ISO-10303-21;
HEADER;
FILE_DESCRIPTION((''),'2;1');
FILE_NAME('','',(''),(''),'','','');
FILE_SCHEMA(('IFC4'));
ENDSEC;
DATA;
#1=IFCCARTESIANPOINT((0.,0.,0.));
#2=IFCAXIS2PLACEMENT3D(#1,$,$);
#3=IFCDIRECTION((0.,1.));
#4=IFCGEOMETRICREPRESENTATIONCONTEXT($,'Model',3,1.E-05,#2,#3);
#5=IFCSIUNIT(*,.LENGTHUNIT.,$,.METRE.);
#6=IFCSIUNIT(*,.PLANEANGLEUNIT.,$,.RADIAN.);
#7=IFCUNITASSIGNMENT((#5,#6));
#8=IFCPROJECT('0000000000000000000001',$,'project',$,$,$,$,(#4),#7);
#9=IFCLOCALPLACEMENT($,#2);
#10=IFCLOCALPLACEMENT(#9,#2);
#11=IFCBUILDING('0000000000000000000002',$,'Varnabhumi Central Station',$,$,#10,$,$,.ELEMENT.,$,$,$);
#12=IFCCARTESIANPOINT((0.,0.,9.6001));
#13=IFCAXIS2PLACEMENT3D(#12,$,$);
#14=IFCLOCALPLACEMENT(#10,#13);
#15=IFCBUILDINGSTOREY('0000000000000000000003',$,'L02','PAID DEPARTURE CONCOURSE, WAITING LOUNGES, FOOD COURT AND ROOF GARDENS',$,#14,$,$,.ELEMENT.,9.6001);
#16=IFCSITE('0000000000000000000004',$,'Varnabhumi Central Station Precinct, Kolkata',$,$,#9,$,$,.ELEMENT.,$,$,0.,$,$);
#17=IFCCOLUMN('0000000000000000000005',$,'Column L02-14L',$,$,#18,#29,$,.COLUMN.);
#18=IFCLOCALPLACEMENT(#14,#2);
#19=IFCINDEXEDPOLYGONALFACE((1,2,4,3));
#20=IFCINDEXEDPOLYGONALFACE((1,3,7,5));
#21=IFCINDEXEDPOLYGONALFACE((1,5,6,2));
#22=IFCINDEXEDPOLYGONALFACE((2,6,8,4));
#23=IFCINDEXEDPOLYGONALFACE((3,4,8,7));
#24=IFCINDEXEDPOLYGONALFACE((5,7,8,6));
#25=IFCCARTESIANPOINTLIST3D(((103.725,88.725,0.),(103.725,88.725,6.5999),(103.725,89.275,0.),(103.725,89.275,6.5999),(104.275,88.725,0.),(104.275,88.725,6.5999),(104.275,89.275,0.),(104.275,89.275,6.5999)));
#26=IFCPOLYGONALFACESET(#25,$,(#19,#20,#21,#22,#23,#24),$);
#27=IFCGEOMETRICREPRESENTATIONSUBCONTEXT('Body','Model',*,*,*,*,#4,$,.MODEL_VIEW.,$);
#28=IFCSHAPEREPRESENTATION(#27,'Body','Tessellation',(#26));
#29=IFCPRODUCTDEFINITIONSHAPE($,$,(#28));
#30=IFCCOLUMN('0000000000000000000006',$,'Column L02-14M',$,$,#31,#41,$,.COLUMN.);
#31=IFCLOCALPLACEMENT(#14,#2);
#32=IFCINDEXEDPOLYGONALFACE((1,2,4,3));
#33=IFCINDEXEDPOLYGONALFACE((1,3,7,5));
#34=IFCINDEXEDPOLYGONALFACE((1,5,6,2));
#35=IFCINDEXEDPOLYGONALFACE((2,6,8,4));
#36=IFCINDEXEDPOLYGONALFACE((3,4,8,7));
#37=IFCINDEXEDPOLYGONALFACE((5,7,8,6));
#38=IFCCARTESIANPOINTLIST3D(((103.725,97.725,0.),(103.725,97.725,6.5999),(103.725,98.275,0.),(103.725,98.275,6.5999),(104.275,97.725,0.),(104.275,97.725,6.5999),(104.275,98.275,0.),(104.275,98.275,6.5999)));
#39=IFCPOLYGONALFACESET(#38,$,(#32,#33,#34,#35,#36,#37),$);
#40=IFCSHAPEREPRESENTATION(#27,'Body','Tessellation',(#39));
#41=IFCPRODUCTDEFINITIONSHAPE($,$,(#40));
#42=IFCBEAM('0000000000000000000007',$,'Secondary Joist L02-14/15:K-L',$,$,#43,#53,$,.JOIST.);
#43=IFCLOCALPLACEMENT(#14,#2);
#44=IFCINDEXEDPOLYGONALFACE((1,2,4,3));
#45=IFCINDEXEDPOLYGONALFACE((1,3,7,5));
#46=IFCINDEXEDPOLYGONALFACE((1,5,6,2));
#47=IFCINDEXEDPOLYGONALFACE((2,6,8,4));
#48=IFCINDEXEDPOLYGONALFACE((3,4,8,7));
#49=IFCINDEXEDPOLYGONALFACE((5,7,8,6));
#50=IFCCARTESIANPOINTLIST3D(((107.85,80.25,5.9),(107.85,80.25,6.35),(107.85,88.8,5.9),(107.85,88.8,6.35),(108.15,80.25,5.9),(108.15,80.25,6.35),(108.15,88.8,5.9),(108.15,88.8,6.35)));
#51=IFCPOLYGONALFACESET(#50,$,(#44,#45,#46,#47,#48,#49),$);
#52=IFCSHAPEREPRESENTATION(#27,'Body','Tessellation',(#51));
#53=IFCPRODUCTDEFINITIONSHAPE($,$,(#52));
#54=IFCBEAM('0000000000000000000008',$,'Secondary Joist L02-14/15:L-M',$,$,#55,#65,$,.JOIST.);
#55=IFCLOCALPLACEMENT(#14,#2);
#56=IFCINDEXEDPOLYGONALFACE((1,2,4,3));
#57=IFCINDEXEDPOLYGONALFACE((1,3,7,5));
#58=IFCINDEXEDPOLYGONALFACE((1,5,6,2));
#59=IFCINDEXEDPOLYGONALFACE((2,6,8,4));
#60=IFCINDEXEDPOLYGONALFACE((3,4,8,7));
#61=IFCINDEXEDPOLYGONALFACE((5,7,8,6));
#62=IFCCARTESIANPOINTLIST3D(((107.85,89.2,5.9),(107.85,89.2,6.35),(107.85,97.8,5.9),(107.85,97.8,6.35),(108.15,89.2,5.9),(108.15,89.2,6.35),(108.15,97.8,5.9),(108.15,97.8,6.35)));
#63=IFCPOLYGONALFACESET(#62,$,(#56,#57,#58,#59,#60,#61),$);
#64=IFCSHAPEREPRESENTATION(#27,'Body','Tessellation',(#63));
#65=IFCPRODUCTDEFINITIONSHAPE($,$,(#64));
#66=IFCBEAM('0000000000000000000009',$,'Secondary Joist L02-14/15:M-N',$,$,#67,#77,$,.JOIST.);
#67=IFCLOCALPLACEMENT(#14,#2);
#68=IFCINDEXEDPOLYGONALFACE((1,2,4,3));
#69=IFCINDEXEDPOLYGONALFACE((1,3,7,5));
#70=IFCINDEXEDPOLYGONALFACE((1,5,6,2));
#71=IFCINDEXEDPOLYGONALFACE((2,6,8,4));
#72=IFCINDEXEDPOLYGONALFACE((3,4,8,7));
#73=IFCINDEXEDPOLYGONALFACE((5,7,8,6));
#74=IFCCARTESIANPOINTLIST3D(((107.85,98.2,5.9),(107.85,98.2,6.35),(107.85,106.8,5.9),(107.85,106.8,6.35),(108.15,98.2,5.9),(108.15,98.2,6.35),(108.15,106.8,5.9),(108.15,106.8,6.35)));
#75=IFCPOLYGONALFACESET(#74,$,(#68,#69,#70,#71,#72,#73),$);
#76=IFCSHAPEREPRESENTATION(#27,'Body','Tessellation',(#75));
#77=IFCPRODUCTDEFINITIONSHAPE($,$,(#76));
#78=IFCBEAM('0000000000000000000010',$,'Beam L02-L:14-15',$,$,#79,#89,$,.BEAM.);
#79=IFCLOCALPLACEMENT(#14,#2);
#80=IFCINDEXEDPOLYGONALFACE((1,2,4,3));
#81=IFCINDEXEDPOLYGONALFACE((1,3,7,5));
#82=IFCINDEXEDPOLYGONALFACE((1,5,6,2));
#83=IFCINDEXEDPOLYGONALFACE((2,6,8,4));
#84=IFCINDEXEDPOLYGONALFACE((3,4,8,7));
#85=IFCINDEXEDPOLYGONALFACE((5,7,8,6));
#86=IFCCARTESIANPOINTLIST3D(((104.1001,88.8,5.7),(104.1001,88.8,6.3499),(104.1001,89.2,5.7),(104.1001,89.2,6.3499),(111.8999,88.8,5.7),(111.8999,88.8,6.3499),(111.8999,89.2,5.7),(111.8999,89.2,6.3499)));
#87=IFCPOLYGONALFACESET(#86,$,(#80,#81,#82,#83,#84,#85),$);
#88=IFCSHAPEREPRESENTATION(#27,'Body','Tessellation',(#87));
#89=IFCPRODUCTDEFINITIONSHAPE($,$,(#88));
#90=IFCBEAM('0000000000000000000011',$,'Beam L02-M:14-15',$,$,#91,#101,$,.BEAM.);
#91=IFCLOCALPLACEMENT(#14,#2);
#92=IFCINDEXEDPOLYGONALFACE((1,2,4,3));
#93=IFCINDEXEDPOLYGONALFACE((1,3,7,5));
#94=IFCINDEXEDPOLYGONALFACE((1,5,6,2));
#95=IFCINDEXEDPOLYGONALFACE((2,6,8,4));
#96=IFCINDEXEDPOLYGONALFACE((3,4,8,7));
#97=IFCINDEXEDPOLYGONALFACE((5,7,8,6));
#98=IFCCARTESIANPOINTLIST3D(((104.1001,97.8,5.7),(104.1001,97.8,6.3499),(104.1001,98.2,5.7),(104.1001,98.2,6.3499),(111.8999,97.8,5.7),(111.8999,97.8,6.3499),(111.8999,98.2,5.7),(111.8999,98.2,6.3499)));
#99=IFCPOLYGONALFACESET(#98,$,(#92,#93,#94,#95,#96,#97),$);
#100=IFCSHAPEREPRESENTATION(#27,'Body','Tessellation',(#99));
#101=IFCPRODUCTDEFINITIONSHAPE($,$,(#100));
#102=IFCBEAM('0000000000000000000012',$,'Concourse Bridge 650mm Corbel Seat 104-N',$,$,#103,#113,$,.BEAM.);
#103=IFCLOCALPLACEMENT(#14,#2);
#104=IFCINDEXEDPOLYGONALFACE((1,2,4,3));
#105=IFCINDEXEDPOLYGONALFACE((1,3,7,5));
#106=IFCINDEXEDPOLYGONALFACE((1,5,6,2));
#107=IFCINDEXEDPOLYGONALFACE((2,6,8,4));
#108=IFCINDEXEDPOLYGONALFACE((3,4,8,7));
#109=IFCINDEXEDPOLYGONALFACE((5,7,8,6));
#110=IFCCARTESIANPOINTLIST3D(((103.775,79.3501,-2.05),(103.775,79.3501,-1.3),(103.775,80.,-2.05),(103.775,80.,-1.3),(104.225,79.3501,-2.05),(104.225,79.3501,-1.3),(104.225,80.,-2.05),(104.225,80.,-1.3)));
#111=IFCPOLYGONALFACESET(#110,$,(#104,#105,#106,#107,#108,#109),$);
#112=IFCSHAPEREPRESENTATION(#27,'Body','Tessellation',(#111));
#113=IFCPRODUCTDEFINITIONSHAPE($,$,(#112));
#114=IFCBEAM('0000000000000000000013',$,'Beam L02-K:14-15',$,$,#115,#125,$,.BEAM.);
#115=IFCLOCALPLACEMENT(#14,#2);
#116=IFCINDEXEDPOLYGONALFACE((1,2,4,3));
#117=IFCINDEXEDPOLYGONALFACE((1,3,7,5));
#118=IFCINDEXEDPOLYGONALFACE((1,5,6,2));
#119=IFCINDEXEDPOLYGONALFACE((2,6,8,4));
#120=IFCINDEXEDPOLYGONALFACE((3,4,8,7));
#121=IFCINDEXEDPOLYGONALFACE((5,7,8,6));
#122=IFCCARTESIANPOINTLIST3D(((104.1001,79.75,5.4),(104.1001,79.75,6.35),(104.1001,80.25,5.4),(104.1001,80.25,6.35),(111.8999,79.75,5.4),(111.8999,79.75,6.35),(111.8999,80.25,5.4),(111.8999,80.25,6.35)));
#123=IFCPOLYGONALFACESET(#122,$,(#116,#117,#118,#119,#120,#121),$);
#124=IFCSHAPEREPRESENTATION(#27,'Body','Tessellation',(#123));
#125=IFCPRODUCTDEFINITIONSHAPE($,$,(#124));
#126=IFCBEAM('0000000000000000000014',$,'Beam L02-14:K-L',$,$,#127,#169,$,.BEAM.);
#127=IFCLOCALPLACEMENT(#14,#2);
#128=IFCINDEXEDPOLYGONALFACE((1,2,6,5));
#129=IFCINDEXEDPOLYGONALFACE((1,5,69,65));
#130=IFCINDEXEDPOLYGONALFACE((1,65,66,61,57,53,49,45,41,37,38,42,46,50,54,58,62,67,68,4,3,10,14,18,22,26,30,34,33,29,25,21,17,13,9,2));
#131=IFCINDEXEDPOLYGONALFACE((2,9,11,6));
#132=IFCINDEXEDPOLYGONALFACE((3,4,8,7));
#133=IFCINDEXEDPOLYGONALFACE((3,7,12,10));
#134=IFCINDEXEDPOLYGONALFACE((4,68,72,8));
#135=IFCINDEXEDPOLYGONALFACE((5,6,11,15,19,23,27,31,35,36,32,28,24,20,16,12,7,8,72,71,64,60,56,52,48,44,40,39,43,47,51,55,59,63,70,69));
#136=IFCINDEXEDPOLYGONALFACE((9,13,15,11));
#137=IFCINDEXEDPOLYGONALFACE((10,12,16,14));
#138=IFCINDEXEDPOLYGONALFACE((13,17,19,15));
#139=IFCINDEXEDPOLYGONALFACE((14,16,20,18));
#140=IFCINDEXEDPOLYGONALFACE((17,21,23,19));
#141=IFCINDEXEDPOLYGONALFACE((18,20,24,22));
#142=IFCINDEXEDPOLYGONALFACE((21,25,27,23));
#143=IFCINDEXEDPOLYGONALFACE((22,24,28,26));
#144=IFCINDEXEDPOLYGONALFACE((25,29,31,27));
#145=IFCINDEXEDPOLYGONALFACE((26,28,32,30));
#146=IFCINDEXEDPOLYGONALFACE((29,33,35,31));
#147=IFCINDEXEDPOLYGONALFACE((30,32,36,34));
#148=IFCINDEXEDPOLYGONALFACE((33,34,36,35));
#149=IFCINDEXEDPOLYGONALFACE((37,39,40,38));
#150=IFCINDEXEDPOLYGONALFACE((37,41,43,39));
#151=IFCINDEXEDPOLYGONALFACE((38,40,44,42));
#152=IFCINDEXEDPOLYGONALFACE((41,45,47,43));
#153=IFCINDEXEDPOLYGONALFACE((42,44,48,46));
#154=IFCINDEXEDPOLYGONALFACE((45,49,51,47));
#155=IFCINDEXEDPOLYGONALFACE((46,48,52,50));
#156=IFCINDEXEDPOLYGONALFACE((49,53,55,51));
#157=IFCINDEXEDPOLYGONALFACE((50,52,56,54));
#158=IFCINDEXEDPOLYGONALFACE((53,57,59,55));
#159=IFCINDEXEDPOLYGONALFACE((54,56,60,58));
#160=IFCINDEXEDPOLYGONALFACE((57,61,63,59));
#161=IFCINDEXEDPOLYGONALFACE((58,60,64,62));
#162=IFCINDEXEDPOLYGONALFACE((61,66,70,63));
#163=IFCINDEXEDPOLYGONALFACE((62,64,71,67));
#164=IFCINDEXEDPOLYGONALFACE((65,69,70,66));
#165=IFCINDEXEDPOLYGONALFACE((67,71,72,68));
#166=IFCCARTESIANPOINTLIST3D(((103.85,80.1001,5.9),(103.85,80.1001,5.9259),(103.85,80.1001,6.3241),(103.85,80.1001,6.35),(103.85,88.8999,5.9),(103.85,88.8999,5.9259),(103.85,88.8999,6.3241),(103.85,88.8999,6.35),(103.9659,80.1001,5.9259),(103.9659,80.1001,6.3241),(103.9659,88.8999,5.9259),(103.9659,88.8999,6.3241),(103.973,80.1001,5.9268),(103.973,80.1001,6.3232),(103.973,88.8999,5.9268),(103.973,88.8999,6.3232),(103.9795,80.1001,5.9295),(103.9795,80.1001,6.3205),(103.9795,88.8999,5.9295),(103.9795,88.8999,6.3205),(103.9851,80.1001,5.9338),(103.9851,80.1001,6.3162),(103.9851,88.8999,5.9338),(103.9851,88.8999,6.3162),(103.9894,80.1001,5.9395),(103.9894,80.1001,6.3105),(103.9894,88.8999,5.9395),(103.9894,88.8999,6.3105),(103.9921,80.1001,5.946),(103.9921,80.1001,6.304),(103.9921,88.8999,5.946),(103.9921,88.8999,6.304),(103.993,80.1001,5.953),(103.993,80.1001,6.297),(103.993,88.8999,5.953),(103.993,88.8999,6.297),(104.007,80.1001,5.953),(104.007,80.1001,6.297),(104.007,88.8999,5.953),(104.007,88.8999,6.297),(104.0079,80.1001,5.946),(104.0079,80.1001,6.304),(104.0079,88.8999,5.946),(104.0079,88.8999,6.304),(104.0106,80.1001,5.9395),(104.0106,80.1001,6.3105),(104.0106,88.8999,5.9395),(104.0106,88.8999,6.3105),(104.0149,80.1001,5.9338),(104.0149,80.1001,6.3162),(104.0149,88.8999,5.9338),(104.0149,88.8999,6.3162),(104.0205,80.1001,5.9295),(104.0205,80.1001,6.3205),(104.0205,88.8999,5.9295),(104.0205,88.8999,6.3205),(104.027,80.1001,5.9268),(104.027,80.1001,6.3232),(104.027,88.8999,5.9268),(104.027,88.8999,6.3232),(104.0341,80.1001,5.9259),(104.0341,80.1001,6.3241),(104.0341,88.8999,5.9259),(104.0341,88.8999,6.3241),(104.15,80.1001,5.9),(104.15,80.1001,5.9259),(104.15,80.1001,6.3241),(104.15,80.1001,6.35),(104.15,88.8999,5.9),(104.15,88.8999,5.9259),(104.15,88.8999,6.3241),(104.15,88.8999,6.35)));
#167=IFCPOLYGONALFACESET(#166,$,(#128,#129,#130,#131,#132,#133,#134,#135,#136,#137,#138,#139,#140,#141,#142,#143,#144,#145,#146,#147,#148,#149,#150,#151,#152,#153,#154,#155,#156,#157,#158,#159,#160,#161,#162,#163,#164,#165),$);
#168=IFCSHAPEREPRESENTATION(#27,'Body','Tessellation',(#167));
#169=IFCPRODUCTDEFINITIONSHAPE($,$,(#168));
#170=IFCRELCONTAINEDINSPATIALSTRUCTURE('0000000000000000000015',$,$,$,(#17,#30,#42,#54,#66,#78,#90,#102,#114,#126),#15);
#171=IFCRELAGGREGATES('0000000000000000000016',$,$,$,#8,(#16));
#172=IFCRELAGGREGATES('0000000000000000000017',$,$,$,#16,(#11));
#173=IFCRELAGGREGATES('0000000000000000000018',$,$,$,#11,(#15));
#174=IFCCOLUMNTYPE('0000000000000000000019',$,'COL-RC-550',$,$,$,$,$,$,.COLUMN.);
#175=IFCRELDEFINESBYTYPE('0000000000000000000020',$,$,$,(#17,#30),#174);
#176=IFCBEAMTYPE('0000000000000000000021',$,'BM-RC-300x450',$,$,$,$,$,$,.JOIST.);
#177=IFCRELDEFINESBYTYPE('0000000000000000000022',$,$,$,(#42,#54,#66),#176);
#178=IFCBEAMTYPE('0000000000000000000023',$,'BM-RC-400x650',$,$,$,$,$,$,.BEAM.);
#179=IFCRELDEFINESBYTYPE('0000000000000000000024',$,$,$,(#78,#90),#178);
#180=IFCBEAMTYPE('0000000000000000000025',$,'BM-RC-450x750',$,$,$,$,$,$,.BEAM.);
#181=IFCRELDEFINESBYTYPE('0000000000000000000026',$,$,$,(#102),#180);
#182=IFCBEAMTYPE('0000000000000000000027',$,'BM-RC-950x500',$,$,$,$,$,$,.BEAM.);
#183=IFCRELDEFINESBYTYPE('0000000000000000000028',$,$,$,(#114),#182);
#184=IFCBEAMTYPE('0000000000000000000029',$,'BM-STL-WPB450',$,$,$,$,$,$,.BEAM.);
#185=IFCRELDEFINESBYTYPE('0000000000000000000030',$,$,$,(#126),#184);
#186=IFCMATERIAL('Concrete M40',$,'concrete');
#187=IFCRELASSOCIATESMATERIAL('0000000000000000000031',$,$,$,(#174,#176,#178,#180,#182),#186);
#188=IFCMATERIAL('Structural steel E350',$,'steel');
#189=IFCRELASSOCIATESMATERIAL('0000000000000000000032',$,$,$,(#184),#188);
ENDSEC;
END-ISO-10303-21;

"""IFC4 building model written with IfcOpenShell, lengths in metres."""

from ifc_helpers import new_model, si_unit, direction, frame, origin, origin_2d, place, context, subcontext, project, spatial, rectangle, i_section, extrude, material, material_profile, profile_set, type_object, element, save


model = new_model("IFC4")

# Units and contexts
model_context = context("Model", 3, precision=1e-05, world=origin(), true_north=direction((0.0, 1.0)))
body_context = subcontext(model_context, "Body", "Model", "MODEL_VIEW")
ifc_project = project(units=[si_unit("LENGTHUNIT", "METRE"), si_unit("PLANEANGLEUNIT", "RADIAN")], contexts=[model_context])

# Site, building, storey
site_placement = place(None, origin())
site = spatial("IfcSite", under=ifc_project, at=site_placement, Name="Varnabhumi Central Station Precinct, Kolkata", CompositionType="ELEMENT", RefElevation=0.0)
building_placement = place(site_placement, origin())
building = spatial("IfcBuilding", under=site, at=building_placement, Name="Varnabhumi Central Station", CompositionType="ELEMENT")
storey_placement = place(building_placement, frame((0.0, 0.0, 9.6001)))
storey = spatial("IfcBuildingStorey", under=building, at=storey_placement, Name="L02", Description="PAID DEPARTURE CONCOURSE, WAITING LOUNGES, FOOD COURT AND ROOF GARDENS", CompositionType="ELEMENT", Elevation=9.6001)

# Columns
ifc_material_1 = material(Name="Concrete M40", Category="concrete")
ifc_material_profile_1 = material_profile(ifc_material_1, rectangle(XDim=0.55, YDim=0.55, at=origin_2d()), Name="Concrete M40", Category="concrete")
ifc_profile_set_1 = profile_set([ifc_material_profile_1], Name="Concrete M40")
column_type = type_object("IfcColumnType", Name="COL-RC-550", PredefinedType="COLUMN", material=ifc_profile_set_1)
for number, where, z_axis, x_axis, name in (
    (1, (104.0, 89.0, 0.0), (0.0, 0.0, 1.0), (1.0, 0.0, 0.0), "Column L02-14L"),
    (2, (104.0, 98.0, 0.0), (0.0, 0.0, 1.0), (1.0, 0.0, 0.0), "Column L02-14M"),
):
    element("IfcColumn", number, at=place(storey_placement, frame(where, z_axis=z_axis, x_axis=x_axis)), inside=storey, type_object=column_type, Name=name, PredefinedType="COLUMN", context=body_context, shape_type="SweptSolid", body=[
        extrude(rectangle(XDim=0.55, YDim=0.55, at=origin_2d()), origin(), (0.0, 0.0, 1.0), 6.5999),
    ])

# Beams
ifc_material_profile_2 = material_profile(ifc_material_1, rectangle(XDim=0.3, YDim=0.45, at=origin_2d()), Name="Concrete M40", Category="concrete")
ifc_profile_set_2 = profile_set([ifc_material_profile_2], Name="Concrete M40")
beam_type_1 = type_object("IfcBeamType", Name="BM-RC-300x450", PredefinedType="JOIST", material=ifc_profile_set_2)
beam_1_placement = place(storey_placement, frame((108.0, 80.25, 6.125), z_axis=(0.0, 1.0, 0.0), x_axis=(-1.0, 0.0, 0.0)))
element("IfcBeam", 3, at=beam_1_placement, inside=storey, type_object=beam_type_1, Name="Secondary Joist L02-14/15:K-L", PredefinedType="JOIST", context=body_context, shape_type="SweptSolid", body=[
    extrude(rectangle(XDim=0.3, YDim=0.45, at=origin_2d()), origin(), (0.0, 0.0, 1.0), 8.55),
])
for number, where, z_axis, x_axis, name in (
    (4, (108.0, 89.2, 6.125), (0.0, 1.0, 0.0), (-1.0, 0.0, 0.0), "Secondary Joist L02-14/15:L-M"),
    (5, (108.0, 98.2, 6.125), (0.0, 1.0, 0.0), (-1.0, 0.0, 0.0), "Secondary Joist L02-14/15:M-N"),
):
    element("IfcBeam", number, at=place(storey_placement, frame(where, z_axis=z_axis, x_axis=x_axis)), inside=storey, type_object=beam_type_1, Name=name, PredefinedType="JOIST", context=body_context, shape_type="SweptSolid", body=[
        extrude(rectangle(XDim=0.3, YDim=0.45, at=origin_2d()), origin(), (0.0, 0.0, 1.0), 8.6001),
    ])
ifc_material_profile_3 = material_profile(ifc_material_1, rectangle(XDim=0.3999, YDim=0.6499, at=origin_2d()), Name="Concrete M40", Category="concrete")
ifc_profile_set_3 = profile_set([ifc_material_profile_3], Name="Concrete M40")
beam_type_2 = type_object("IfcBeamType", Name="BM-RC-400x650", PredefinedType="BEAM", material=ifc_profile_set_3)
for number, where, z_axis, x_axis, name in (
    (6, (104.1001, 89.0, 6.0249), (1.0, 0.0, 0.0), (0.0, 1.0, 0.0), "Beam L02-L:14-15"),
    (7, (104.1001, 98.0, 6.0249), (1.0, 0.0, 0.0), (0.0, 1.0, 0.0), "Beam L02-M:14-15"),
):
    element("IfcBeam", number, at=place(storey_placement, frame(where, z_axis=z_axis, x_axis=x_axis)), inside=storey, type_object=beam_type_2, Name=name, PredefinedType="BEAM", context=body_context, shape_type="SweptSolid", body=[
        extrude(rectangle(XDim=0.3999, YDim=0.6499, at=origin_2d()), origin(), (0.0, 0.0, 1.0), 7.7998),
    ])
ifc_material_profile_4 = material_profile(ifc_material_1, rectangle(XDim=0.45, YDim=0.75, at=origin_2d()), Name="Concrete M40", Category="concrete")
ifc_profile_set_4 = profile_set([ifc_material_profile_4], Name="Concrete M40")
beam_type_3 = type_object("IfcBeamType", Name="BM-RC-450x750", PredefinedType="BEAM", material=ifc_profile_set_4)
beam_2_placement = place(storey_placement, frame((104.0, 80.0, -1.675), z_axis=(0.0, -1.0, 0.0), x_axis=(1.0, 0.0, 0.0)))
element("IfcBeam", 8, at=beam_2_placement, inside=storey, type_object=beam_type_3, Name="Concourse Bridge 650mm Corbel Seat 104-N", PredefinedType="BEAM", context=body_context, shape_type="SweptSolid", body=[
    extrude(rectangle(XDim=0.45, YDim=0.75, at=origin_2d()), origin(), (0.0, 0.0, 1.0), 0.6499),
])
ifc_material_profile_5 = material_profile(ifc_material_1, rectangle(XDim=0.5, YDim=0.95, at=origin_2d()), Name="Concrete M40", Category="concrete")
ifc_profile_set_5 = profile_set([ifc_material_profile_5], Name="Concrete M40")
beam_type_4 = type_object("IfcBeamType", Name="BM-RC-950x500", PredefinedType="BEAM", material=ifc_profile_set_5)
beam_3_placement = place(storey_placement, frame((104.1001, 80.0, 5.875), z_axis=(1.0, 0.0, 0.0), x_axis=(0.0, 1.0, 0.0)))
element("IfcBeam", 9, at=beam_3_placement, inside=storey, type_object=beam_type_4, Name="Beam L02-K:14-15", PredefinedType="BEAM", context=body_context, shape_type="SweptSolid", body=[
    extrude(rectangle(XDim=0.5, YDim=0.95, at=origin_2d()), origin(), (0.0, 0.0, 1.0), 7.7998),
])
ifc_material_2 = material(Name="Structural steel E350", Category="steel")
ifc_material_profile_6 = material_profile(ifc_material_2, i_section(OverallWidth=0.3, OverallDepth=0.45, WebThickness=0.0139, FlangeThickness=0.0259, FilletRadius=0.0271, at=origin_2d()), Name="Structural steel E350", Category="steel")
ifc_profile_set_6 = profile_set([ifc_material_profile_6], Name="Structural steel E350")
beam_type_5 = type_object("IfcBeamType", Name="BM-STL-WPB450", PredefinedType="BEAM", material=ifc_profile_set_6)
for number, where, z_axis, x_axis, name in (
    (10, (104.0, 80.1001, 6.125), (0.0, 1.0, 0.0), (-1.0, 0.0, 0.0), "Beam L02-14:K-L"),
):
    element("IfcBeam", number, at=place(storey_placement, frame(where, z_axis=z_axis, x_axis=x_axis)), inside=storey, type_object=beam_type_5, Name=name, PredefinedType="BEAM", context=body_context, shape_type="SweptSolid", body=[
        extrude(i_section(OverallWidth=0.3, OverallDepth=0.45, WebThickness=0.0139, FlangeThickness=0.0259, FilletRadius=0.0271, at=origin_2d()), origin(), (0.0, 0.0, 1.0), 8.7998),
    ])

save(model, "model.ifc")
